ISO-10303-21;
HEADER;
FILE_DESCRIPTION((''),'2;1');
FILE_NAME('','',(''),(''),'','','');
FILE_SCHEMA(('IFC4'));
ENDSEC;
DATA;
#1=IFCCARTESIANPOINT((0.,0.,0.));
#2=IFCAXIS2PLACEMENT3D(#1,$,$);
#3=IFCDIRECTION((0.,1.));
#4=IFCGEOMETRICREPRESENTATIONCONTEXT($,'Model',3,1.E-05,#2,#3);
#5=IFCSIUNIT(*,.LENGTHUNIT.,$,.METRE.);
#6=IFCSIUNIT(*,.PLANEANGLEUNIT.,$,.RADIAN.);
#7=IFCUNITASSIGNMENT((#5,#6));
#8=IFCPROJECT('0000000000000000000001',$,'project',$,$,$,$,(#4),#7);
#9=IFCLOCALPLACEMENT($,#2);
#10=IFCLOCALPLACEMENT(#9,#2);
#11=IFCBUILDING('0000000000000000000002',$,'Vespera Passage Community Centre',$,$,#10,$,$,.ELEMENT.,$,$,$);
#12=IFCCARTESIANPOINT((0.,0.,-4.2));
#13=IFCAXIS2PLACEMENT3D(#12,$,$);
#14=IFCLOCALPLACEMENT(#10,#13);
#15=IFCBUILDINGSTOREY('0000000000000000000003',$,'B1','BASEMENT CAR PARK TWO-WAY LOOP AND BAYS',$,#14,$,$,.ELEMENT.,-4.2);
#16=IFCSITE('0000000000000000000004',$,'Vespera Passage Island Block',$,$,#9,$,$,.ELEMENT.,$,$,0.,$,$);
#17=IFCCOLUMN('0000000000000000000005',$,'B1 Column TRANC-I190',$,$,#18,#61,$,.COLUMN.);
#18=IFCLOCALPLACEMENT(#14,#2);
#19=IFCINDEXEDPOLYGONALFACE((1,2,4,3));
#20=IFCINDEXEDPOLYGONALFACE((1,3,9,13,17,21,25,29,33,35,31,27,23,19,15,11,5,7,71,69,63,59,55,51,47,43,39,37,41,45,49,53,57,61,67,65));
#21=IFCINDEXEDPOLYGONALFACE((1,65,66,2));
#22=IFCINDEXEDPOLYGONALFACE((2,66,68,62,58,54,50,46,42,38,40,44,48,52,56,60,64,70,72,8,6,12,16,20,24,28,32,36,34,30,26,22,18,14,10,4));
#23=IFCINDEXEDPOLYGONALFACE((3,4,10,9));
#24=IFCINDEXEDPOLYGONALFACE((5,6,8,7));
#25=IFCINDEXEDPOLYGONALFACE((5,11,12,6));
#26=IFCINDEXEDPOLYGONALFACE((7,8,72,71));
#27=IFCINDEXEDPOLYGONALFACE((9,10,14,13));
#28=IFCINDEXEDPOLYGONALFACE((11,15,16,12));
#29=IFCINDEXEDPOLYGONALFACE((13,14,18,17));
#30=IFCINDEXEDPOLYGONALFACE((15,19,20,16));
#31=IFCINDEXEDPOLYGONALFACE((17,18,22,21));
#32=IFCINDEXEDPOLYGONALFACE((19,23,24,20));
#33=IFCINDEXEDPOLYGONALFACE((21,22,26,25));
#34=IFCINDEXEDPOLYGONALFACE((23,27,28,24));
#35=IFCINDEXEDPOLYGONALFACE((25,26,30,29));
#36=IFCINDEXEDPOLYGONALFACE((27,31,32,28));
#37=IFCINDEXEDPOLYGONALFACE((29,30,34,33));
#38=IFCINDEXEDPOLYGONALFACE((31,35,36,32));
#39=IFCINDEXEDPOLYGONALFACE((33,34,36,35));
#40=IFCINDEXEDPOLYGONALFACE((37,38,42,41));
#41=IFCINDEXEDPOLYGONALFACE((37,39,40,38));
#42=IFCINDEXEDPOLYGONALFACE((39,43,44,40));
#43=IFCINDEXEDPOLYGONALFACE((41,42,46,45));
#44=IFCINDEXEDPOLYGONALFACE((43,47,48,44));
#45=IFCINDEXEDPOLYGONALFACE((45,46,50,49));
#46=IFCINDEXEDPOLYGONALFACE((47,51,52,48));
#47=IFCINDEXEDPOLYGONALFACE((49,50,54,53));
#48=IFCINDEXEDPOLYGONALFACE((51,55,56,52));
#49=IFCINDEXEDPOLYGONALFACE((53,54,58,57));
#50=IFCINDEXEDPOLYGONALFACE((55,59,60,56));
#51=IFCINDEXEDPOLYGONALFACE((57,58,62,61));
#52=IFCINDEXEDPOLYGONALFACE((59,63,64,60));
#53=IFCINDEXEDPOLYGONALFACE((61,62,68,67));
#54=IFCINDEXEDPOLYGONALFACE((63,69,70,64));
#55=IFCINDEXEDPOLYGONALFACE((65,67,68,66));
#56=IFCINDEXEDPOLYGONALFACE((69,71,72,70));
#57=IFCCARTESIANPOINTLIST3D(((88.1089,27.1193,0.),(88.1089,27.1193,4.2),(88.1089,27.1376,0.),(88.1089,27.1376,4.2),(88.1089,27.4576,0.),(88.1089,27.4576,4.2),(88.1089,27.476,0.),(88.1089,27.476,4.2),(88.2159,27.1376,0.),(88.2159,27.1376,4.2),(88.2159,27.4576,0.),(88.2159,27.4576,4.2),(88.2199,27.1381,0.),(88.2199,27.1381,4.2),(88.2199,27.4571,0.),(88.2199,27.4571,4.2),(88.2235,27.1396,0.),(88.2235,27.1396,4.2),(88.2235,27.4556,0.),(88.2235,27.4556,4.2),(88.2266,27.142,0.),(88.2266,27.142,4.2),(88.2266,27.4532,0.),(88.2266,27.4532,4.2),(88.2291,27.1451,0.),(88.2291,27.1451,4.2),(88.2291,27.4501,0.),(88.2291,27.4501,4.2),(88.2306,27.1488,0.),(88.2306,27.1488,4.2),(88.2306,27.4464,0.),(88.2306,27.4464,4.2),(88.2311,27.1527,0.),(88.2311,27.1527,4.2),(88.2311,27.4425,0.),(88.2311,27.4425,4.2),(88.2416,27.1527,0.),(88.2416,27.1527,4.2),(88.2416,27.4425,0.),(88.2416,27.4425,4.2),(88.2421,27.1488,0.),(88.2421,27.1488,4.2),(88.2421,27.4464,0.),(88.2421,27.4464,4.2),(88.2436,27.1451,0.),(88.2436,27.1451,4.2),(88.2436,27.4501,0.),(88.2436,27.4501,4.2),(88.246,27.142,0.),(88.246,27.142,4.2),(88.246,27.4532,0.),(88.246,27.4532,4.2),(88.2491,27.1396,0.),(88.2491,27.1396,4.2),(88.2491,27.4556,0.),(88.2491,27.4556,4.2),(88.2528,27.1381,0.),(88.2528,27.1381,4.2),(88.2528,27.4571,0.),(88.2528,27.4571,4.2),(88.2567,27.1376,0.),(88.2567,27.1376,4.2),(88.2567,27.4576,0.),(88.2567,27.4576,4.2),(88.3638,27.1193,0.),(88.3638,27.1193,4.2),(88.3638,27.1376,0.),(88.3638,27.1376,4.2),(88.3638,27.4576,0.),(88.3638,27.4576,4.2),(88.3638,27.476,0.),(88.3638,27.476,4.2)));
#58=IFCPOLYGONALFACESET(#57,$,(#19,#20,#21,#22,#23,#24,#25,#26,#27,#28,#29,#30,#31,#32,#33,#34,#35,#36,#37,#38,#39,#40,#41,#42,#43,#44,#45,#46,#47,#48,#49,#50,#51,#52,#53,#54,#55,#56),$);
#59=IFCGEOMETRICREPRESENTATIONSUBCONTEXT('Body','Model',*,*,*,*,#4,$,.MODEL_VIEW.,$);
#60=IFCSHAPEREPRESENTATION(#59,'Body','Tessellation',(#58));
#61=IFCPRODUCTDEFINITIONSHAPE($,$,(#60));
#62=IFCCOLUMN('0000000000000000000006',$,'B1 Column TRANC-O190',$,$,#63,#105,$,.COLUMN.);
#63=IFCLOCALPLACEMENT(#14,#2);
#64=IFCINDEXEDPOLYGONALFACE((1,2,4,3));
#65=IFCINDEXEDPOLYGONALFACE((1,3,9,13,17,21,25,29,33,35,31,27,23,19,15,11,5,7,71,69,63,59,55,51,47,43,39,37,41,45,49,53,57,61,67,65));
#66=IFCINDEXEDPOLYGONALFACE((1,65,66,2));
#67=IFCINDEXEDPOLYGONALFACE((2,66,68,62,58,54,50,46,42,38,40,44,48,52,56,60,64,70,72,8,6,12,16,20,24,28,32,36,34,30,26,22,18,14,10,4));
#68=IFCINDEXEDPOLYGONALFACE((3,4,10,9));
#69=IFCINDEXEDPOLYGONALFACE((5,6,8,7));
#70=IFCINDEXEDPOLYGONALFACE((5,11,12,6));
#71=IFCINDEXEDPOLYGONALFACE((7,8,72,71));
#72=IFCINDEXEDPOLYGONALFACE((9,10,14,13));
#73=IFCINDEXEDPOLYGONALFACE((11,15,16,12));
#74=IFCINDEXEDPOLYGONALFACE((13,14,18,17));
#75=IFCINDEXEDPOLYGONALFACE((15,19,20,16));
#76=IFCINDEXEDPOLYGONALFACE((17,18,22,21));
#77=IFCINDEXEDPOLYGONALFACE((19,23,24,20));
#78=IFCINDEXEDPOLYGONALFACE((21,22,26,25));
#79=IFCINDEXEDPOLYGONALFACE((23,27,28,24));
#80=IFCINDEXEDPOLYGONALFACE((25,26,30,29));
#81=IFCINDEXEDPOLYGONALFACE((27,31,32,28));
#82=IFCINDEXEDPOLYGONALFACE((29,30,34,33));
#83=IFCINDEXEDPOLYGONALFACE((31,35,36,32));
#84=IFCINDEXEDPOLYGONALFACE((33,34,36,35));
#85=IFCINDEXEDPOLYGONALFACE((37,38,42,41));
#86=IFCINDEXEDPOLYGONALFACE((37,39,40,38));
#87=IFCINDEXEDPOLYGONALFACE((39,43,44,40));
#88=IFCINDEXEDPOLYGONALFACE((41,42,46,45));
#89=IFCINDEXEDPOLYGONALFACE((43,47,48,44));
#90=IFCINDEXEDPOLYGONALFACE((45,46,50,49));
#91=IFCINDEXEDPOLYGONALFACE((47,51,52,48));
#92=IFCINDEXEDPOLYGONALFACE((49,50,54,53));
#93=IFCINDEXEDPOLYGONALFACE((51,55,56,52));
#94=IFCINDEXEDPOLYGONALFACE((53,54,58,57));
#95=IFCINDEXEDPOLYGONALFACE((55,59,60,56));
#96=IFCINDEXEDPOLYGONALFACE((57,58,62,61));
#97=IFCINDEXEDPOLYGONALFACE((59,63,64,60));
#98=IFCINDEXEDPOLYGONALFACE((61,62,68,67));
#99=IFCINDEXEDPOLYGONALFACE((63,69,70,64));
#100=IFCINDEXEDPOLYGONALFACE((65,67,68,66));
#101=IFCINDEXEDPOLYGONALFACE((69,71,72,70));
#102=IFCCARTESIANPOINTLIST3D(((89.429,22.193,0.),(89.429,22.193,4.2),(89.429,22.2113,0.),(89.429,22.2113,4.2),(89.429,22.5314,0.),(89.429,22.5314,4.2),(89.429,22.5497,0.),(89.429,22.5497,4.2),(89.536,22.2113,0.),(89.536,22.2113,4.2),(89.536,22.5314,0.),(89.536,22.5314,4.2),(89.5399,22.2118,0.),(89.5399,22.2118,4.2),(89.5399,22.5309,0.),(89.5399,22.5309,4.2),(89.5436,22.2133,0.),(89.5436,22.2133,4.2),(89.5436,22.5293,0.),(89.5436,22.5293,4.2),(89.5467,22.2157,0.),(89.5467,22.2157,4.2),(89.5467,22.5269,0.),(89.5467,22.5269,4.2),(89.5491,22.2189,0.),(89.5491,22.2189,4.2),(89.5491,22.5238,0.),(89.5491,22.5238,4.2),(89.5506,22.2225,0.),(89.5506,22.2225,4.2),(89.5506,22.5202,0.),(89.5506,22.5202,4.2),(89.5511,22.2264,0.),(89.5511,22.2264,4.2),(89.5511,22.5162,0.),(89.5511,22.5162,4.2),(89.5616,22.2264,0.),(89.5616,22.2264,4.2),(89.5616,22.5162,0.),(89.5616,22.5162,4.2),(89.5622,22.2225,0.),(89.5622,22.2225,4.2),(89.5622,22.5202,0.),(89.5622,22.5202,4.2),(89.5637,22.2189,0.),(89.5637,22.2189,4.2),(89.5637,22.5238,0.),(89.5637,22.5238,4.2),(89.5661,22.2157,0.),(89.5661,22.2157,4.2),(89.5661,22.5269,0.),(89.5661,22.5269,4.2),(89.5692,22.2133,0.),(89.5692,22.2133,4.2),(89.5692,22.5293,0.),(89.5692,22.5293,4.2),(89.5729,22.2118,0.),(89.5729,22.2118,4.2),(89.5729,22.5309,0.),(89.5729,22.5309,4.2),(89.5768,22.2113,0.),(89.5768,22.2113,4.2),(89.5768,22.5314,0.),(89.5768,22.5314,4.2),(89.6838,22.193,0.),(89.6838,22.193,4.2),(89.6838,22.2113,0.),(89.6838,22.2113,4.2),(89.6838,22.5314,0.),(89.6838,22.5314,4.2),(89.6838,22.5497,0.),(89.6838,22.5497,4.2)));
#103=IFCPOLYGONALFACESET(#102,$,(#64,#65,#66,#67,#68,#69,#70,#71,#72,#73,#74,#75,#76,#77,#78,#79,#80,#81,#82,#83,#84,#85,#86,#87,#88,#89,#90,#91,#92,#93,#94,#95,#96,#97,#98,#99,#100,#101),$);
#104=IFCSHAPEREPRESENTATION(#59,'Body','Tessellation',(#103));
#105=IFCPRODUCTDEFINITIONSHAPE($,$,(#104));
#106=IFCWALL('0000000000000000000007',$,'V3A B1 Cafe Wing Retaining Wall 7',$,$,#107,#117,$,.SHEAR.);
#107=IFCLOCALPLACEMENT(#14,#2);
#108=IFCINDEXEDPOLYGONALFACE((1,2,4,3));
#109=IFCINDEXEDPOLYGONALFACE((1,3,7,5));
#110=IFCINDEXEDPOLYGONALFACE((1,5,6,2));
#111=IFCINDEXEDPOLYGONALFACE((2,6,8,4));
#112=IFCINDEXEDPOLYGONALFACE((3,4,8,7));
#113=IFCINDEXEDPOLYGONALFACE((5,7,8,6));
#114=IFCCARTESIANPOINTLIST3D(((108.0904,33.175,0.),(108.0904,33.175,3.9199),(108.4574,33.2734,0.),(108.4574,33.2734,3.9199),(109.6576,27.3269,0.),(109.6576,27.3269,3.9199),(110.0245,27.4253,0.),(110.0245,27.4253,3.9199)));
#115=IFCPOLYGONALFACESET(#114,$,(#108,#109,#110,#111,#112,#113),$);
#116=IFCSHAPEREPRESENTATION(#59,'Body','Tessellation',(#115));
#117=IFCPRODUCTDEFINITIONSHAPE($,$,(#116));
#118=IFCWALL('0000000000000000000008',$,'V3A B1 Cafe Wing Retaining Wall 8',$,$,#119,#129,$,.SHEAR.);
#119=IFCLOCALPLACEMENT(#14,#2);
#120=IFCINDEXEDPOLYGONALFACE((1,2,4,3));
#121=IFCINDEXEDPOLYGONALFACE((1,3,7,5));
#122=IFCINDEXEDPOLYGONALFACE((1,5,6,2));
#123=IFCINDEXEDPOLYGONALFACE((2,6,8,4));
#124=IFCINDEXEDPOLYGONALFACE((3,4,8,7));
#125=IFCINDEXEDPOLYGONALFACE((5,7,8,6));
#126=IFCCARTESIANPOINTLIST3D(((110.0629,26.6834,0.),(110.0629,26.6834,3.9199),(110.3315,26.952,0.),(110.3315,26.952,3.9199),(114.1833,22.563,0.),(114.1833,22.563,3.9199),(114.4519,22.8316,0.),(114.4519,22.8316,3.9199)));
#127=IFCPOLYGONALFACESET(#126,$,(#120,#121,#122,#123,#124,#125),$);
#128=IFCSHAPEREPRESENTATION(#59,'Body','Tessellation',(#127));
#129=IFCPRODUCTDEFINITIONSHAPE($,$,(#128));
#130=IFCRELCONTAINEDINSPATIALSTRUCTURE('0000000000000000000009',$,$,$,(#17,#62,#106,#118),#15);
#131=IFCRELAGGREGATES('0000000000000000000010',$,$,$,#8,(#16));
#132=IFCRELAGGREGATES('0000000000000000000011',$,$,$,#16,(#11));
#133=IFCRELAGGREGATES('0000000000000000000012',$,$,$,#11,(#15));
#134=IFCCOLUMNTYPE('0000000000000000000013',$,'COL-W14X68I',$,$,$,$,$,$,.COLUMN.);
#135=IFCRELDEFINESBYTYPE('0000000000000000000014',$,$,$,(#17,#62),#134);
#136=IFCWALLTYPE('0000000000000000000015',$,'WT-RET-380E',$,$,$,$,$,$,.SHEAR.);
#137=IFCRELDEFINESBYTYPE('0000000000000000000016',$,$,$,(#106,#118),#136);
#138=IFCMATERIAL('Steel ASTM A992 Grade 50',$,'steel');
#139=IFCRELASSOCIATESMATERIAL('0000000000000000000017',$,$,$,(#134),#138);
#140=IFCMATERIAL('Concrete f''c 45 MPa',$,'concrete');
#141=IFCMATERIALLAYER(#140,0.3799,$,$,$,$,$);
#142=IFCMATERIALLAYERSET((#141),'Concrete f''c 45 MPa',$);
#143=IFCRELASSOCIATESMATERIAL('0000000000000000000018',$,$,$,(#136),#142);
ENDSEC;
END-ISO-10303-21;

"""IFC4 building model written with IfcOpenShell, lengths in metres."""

from ifc_helpers import new_model, si_unit, direction, frame, frame_2d, origin, origin_2d, place, context, subcontext, project, spatial, rectangle, i_section, extrude, material, layer, layer_set, material_profile, profile_set, type_object, element, save


model = new_model("IFC4")

# Units and contexts
model_context = context("Model", 3, precision=1e-05, world=origin(), true_north=direction((0.0, 1.0)))
body_context = subcontext(model_context, "Body", "Model", "MODEL_VIEW")
ifc_project = project(units=[si_unit("LENGTHUNIT", "METRE"), si_unit("PLANEANGLEUNIT", "RADIAN")], contexts=[model_context])

# Site, building, storey
site_placement = place(None, origin())
site = spatial("IfcSite", under=ifc_project, at=site_placement, Name="Vespera Passage Island Block", CompositionType="ELEMENT", RefElevation=0.0)
building_placement = place(site_placement, origin())
building = spatial("IfcBuilding", under=site, at=building_placement, Name="Vespera Passage Community Centre", CompositionType="ELEMENT")
storey_placement = place(building_placement, frame((0.0, 0.0, -4.2)))
storey = spatial("IfcBuildingStorey", under=building, at=storey_placement, Name="B1", Description="BASEMENT CAR PARK TWO-WAY LOOP AND BAYS", CompositionType="ELEMENT", Elevation=-4.2)

# Columns
ifc_material_1 = material(Name="Steel ASTM A992 Grade 50", Category="steel")
ifc_material_profile_1 = material_profile(ifc_material_1, i_section(OverallWidth=0.2549, OverallDepth=0.3567, WebThickness=0.0105, FlangeThickness=0.0183, FilletRadius=0.0151, at=origin_2d()), Name="W14X68")
ifc_profile_set_1 = profile_set([ifc_material_profile_1], Name="Steel ASTM A992 Grade 50")
column_type_1 = type_object("IfcColumnType", Name="COL-W14X68I", PredefinedType="COLUMN", material=ifc_profile_set_1)
for number, where, z_axis, x_axis, name in (
    (1, (88.2363, 27.2976, 0.0), (0.0, 0.0, 1.0), (1.0, 0.0, 0.0), "B1 Column TRANC-I190"),
    (2, (89.5564, 22.3713, 0.0), (0.0, 0.0, 1.0), (1.0, 0.0, 0.0), "B1 Column TRANC-O190"),
):
    element("IfcColumn", number, at=place(storey_placement, frame(where, z_axis=z_axis, x_axis=x_axis)), inside=storey, type_object=column_type_1, Name=name, PredefinedType="COLUMN", context=body_context, shape_type="SweptSolid", body=[
        extrude(i_section(OverallWidth=0.2549, OverallDepth=0.3567, WebThickness=0.0105, FlangeThickness=0.0183, FilletRadius=0.0151, at=origin_2d()), origin(), (0.0, 0.0, 1.0), 4.2),
    ])

# Walls
ifc_material_2 = material(Name="Concrete f'c 45 MPa", Category="concrete")
ifc_layer = layer(ifc_material_2, 0.3799)
ifc_layer_set = layer_set([ifc_layer], Name="Concrete f'c 45 MPa")
wall_type = type_object("IfcWallType", Name="WT-RET-380E", PredefinedType="SHEAR", material=ifc_layer_set)
wall_1_placement = place(storey_placement, frame((109.8411, 27.376, 0.0), z_axis=(0.0, 0.0, 1.0), x_axis=(-0.25884, 0.96592, 0.0)))
element("IfcWall", 3, at=wall_1_placement, inside=storey, type_object=wall_type, Name="V3A B1 Cafe Wing Retaining Wall 7", PredefinedType="SHEAR", context=body_context, shape_type="SweptSolid", body=[
    extrude(rectangle(XDim=6.0544, YDim=0.3799, at=frame_2d((3.0273, 0.0))), origin(), (0.0, 0.0, 1.0), 3.9199),
])
wall_2_placement = place(storey_placement, frame((114.3176, 22.6973, 0.0), z_axis=(0.0, 0.0, 1.0), x_axis=(-0.707107, 0.707107, 0.0)))
element("IfcWall", 4, at=wall_2_placement, inside=storey, type_object=wall_type, Name="V3A B1 Cafe Wing Retaining Wall 8", PredefinedType="SHEAR", context=body_context, shape_type="SweptSolid", body=[
    extrude(rectangle(XDim=5.8271, YDim=0.3799, at=frame_2d((2.9136, 0.0))), origin(), (0.0, 0.0, 1.0), 3.9199),
])

save(model, "model.ifc")
